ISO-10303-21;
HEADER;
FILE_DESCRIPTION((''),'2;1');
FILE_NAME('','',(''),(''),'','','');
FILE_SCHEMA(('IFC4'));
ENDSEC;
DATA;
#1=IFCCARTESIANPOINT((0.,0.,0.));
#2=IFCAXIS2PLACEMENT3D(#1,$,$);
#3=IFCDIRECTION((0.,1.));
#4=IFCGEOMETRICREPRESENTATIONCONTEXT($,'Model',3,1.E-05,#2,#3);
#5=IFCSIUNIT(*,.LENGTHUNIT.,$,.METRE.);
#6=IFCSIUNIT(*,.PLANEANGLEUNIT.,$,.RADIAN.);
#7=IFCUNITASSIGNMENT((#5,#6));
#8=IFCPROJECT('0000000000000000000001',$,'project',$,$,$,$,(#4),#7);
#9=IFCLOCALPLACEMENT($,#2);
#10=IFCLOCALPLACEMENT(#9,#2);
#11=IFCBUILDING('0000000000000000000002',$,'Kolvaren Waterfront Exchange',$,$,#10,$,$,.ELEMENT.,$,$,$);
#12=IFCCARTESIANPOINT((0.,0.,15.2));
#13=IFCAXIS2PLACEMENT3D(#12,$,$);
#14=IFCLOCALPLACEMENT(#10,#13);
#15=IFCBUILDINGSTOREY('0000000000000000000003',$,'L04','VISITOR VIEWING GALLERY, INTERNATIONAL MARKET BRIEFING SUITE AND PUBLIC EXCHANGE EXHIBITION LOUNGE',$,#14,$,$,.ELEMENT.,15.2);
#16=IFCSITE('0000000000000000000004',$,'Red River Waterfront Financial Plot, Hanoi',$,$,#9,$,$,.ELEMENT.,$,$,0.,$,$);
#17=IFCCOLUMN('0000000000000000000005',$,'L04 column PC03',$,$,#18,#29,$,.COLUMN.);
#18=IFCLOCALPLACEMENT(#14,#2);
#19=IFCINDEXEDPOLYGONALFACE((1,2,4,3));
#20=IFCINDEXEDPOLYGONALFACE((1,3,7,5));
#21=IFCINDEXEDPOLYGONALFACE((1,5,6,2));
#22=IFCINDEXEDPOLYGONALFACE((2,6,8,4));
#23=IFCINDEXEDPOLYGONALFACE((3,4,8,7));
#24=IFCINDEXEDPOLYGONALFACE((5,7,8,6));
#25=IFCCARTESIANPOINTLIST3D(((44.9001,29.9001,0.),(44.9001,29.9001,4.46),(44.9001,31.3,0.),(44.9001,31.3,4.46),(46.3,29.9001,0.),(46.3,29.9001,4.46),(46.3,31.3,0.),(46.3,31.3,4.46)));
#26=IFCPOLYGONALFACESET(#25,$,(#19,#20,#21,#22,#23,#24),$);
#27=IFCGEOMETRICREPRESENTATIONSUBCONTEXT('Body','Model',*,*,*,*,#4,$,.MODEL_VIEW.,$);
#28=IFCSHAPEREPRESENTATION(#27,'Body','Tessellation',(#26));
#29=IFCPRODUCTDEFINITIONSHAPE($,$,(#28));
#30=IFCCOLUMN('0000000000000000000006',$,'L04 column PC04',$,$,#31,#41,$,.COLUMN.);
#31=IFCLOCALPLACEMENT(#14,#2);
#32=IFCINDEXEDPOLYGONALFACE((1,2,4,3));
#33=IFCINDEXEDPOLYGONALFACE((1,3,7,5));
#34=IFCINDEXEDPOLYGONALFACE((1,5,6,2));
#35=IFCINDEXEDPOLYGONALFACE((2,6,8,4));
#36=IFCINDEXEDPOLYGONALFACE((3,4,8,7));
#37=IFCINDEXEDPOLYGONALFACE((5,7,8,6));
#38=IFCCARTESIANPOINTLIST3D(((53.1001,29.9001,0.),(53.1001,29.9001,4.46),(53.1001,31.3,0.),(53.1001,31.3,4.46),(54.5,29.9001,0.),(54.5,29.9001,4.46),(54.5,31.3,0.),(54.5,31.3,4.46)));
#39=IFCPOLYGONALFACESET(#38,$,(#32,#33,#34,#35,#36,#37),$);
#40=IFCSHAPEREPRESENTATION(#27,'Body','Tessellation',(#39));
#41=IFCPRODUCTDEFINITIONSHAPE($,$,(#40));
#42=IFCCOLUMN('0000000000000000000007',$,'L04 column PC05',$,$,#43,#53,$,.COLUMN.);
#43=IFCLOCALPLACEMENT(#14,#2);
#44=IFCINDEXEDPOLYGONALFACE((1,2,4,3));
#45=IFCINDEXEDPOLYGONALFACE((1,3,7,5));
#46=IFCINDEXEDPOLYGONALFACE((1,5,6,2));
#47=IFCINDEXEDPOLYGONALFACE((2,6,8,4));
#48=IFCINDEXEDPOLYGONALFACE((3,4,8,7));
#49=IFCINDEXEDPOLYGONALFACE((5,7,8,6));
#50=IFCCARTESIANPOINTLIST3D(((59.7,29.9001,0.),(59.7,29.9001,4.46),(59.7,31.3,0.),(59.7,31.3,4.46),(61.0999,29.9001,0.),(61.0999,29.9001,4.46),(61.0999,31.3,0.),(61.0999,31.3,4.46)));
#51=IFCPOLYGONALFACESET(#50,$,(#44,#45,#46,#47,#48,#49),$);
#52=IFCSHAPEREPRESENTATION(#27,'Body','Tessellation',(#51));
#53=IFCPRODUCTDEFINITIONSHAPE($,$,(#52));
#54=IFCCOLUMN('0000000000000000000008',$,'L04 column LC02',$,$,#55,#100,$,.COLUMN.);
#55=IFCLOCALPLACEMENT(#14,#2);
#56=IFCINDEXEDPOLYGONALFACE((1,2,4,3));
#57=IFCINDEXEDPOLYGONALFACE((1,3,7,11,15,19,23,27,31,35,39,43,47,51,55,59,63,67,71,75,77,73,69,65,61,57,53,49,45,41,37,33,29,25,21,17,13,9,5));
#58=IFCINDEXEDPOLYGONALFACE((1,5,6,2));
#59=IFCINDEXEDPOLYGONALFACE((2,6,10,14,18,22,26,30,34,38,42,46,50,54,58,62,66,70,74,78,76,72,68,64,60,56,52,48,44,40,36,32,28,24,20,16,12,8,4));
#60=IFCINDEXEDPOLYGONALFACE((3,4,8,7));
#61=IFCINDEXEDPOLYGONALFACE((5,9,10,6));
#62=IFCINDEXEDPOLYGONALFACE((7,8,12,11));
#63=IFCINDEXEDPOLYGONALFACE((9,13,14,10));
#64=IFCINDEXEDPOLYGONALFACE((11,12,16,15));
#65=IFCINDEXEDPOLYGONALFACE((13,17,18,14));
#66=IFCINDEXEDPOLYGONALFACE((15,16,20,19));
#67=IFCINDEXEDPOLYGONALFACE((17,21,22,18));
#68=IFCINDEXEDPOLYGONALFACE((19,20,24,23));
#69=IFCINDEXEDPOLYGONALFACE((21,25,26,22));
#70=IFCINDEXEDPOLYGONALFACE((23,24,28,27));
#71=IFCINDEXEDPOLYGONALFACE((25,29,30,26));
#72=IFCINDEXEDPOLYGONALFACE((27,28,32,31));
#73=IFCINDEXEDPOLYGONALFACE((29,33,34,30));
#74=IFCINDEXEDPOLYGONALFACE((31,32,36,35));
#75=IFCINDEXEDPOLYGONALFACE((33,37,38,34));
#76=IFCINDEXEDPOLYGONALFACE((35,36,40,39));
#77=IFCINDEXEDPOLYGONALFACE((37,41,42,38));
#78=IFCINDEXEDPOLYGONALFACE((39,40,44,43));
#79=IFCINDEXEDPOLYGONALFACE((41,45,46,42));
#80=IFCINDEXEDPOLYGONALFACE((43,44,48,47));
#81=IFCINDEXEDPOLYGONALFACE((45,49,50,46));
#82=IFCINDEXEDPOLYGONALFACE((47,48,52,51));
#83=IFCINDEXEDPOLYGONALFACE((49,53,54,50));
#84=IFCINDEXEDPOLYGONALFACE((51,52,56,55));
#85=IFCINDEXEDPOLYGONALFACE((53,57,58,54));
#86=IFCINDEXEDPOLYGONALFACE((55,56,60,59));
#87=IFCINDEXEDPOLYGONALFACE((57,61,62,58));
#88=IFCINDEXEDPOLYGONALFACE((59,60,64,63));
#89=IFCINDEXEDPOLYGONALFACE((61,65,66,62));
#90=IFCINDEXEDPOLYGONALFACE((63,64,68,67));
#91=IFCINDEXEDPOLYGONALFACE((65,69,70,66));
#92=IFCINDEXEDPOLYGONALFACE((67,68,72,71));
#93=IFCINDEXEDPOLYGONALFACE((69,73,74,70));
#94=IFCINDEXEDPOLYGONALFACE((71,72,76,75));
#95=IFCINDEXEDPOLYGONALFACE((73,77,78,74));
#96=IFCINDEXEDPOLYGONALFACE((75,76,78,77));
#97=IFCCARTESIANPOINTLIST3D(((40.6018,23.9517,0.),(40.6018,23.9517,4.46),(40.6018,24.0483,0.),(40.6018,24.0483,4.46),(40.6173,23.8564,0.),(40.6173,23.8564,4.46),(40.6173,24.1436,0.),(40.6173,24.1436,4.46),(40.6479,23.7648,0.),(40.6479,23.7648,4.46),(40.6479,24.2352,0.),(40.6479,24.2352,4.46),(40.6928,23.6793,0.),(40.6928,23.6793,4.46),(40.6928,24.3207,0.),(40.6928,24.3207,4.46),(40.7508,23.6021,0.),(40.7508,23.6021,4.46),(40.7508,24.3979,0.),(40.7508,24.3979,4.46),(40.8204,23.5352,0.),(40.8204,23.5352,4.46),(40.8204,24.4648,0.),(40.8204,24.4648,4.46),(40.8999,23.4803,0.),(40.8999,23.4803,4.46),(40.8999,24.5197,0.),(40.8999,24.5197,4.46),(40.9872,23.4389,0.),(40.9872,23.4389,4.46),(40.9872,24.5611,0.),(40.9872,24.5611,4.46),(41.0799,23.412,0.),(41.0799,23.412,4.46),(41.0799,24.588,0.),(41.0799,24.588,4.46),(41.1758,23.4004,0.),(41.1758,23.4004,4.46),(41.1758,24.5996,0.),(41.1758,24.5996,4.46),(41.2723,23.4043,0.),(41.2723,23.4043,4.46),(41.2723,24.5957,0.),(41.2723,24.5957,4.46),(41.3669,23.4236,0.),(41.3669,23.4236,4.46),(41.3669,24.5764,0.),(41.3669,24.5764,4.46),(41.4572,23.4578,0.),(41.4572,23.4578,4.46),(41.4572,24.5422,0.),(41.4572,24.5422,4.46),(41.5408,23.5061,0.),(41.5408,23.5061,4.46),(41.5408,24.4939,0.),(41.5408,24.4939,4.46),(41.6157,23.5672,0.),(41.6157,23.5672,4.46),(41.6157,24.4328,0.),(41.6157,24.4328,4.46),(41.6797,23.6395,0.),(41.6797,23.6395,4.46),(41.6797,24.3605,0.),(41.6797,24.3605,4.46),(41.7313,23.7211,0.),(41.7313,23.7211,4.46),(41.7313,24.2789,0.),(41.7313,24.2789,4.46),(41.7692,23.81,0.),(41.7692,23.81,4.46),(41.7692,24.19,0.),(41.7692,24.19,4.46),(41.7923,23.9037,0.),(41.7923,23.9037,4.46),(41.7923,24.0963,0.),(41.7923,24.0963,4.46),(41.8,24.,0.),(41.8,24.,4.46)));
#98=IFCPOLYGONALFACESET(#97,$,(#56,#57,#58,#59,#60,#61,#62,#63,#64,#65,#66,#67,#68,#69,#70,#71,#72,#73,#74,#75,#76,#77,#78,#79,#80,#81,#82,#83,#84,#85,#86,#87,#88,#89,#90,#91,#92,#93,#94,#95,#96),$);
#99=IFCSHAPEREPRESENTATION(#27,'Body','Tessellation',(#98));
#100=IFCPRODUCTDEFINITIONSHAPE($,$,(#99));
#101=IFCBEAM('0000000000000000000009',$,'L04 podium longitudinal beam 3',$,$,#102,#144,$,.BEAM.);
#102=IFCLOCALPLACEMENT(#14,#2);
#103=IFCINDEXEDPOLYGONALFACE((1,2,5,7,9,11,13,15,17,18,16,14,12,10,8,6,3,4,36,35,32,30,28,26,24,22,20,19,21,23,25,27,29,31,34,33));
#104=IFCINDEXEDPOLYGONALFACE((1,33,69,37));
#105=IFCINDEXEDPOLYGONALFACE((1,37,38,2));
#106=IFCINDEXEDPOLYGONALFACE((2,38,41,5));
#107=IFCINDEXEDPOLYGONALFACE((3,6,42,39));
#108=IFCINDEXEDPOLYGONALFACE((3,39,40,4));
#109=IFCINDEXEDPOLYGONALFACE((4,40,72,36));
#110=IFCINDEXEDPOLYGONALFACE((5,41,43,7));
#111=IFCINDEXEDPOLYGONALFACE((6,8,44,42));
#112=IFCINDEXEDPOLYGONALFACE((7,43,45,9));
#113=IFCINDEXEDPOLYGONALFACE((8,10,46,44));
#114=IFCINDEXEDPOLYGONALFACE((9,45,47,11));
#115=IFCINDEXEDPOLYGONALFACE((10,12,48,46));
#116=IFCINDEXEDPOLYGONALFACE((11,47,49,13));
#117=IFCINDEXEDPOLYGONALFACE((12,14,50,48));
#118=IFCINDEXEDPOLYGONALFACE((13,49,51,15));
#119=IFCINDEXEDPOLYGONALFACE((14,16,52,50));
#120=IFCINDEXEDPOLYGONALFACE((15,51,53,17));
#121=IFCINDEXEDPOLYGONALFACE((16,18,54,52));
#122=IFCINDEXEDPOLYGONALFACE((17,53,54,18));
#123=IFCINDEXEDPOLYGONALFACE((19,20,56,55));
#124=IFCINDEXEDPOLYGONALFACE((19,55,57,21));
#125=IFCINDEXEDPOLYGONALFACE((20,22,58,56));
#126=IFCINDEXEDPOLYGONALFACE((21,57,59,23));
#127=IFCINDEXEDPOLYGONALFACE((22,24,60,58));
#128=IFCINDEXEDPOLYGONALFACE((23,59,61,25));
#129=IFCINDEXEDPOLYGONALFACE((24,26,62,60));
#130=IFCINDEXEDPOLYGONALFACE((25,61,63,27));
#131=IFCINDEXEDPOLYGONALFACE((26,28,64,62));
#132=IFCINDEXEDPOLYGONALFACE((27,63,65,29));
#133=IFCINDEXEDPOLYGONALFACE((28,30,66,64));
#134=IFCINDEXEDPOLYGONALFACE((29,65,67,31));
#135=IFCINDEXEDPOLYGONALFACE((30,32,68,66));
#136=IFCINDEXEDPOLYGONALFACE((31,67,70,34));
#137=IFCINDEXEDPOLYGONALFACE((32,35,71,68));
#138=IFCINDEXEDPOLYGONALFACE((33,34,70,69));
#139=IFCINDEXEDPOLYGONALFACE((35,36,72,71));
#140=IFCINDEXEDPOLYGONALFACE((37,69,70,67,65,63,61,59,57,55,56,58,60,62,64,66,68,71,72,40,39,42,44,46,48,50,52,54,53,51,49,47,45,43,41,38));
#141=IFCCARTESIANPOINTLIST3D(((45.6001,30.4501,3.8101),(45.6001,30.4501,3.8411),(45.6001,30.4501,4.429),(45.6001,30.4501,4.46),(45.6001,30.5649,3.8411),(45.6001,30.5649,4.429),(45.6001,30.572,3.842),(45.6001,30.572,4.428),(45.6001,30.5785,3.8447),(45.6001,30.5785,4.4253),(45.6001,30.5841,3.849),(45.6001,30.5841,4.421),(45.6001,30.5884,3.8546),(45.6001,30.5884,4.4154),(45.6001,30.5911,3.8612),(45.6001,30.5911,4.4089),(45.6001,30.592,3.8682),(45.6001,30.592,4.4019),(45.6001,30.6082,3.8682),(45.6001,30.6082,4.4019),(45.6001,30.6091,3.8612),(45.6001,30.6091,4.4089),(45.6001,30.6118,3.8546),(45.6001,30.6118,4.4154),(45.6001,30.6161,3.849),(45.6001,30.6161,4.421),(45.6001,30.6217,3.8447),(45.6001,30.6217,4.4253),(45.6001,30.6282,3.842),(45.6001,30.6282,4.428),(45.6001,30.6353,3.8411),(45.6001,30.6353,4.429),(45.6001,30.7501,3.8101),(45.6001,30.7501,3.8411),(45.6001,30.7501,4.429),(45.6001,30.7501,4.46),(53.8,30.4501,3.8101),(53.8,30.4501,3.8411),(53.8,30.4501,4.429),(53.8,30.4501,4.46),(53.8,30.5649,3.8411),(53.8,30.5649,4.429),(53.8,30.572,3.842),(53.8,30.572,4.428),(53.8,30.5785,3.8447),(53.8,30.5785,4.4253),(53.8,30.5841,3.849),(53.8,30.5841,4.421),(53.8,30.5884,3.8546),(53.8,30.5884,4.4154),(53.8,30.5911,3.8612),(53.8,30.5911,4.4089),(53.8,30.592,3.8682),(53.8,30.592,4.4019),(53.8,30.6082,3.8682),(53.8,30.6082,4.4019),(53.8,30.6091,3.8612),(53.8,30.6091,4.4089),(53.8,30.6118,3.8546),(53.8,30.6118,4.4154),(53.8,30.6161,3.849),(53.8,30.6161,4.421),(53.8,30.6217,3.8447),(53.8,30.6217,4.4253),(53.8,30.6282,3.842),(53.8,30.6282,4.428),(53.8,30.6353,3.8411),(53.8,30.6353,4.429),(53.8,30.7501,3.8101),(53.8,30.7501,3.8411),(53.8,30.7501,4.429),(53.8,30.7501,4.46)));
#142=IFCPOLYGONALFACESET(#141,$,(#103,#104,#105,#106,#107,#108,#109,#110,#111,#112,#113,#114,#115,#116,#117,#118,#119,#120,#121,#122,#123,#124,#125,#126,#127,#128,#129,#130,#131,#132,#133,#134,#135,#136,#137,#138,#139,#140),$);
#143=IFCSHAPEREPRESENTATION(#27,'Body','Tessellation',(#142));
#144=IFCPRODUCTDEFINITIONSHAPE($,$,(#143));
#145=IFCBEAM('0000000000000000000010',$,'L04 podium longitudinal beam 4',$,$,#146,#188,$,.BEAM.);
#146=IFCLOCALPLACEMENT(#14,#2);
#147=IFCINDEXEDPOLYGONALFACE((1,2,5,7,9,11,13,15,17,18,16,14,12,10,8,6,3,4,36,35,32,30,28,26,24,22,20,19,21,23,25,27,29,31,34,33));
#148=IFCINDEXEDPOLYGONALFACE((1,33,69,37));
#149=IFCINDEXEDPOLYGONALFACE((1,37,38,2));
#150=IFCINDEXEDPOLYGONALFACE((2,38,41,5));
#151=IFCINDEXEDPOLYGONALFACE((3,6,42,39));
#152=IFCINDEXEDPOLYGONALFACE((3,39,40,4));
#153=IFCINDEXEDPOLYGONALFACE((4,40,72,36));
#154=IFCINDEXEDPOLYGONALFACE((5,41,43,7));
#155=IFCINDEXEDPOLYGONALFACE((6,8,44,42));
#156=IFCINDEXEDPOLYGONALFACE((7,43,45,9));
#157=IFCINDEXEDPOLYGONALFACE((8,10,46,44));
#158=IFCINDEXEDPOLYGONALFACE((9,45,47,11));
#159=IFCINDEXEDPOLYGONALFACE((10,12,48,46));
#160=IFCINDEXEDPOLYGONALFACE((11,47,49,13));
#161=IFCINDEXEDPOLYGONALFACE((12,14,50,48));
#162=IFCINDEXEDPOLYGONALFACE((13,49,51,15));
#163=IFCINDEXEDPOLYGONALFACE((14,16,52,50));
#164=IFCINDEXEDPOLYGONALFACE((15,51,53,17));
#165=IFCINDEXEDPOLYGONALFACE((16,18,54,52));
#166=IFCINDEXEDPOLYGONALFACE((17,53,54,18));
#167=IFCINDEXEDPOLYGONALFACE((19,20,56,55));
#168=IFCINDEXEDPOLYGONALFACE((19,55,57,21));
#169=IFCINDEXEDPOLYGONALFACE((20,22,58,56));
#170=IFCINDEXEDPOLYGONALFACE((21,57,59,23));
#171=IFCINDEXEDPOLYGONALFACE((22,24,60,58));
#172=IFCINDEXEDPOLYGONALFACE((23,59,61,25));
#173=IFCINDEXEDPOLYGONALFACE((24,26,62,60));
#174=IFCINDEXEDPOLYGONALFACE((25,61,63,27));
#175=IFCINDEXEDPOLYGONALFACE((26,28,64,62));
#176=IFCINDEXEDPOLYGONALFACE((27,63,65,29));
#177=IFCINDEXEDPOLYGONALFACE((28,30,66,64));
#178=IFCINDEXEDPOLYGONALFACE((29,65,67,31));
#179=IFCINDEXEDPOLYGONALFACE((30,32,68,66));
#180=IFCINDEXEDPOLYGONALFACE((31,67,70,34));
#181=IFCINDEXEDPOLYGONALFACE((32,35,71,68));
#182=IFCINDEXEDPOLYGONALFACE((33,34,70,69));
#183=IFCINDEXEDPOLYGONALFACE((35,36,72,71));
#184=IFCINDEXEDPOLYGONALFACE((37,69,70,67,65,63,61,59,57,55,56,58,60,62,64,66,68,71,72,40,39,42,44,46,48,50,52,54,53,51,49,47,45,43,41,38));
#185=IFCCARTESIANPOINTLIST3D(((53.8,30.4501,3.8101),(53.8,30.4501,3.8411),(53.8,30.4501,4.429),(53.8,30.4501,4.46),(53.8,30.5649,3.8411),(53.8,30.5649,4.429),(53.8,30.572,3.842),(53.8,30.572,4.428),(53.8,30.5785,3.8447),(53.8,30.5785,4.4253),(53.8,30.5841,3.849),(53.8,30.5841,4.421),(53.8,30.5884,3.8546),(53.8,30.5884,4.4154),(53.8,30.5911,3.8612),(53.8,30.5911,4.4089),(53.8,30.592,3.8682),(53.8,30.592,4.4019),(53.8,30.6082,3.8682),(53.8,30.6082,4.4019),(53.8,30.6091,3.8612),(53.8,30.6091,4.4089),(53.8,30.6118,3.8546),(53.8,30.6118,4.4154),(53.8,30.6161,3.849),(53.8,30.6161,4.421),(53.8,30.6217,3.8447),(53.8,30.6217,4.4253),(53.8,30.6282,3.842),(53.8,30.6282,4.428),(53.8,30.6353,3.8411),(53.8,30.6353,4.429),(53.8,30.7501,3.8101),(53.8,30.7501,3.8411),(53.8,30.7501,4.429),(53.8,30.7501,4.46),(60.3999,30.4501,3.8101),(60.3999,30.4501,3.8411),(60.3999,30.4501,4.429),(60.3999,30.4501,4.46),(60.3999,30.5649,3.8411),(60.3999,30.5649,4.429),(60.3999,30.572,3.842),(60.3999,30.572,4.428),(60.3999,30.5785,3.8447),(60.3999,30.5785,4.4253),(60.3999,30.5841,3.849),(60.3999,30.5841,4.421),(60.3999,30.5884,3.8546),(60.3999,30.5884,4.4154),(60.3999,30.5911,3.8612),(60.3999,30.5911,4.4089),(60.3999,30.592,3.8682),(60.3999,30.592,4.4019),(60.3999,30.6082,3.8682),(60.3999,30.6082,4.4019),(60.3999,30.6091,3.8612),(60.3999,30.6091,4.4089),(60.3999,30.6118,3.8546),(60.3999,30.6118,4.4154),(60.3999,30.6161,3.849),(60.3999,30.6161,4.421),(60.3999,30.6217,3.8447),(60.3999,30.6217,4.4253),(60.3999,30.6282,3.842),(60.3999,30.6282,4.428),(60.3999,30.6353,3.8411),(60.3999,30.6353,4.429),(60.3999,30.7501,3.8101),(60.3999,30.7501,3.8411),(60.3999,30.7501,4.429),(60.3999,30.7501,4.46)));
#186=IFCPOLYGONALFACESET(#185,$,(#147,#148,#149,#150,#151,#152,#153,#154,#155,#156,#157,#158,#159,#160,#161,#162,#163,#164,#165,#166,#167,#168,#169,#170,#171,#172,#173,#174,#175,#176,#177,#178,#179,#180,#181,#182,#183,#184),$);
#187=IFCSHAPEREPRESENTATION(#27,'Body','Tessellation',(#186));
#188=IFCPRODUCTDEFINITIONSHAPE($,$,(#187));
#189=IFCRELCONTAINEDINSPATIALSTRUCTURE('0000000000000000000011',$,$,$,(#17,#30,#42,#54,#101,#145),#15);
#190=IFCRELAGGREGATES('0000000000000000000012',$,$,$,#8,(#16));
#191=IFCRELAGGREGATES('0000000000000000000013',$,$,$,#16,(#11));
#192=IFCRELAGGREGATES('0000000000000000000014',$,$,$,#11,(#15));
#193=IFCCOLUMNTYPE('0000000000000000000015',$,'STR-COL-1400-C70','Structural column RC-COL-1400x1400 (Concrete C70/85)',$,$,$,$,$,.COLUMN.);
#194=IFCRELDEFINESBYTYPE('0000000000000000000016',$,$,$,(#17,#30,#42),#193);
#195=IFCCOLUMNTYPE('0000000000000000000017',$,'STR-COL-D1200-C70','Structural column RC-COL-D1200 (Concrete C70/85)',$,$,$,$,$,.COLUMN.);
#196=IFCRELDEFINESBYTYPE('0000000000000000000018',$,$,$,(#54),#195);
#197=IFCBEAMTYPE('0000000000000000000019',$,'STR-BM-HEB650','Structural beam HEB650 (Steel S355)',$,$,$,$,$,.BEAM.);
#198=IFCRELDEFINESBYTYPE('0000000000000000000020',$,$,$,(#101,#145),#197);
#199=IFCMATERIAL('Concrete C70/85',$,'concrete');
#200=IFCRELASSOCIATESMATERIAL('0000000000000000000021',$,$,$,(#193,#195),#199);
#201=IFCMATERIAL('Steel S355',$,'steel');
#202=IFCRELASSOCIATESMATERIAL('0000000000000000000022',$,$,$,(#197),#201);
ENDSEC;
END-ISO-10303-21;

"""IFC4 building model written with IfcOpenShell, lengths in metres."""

from ifc_helpers import new_model, si_unit, direction, frame, origin, origin_2d, place, context, subcontext, project, spatial, rectangle, circle, i_section, extrude, material, material_profile, profile_set, type_object, element, save


model = new_model("IFC4")

# Units and contexts
model_context = context("Model", 3, precision=1e-05, world=origin(), true_north=direction((0.0, 1.0)))
body_context = subcontext(model_context, "Body", "Model", "MODEL_VIEW")
ifc_project = project(units=[si_unit("LENGTHUNIT", "METRE"), si_unit("PLANEANGLEUNIT", "RADIAN")], contexts=[model_context])

# Site, building, storey
site_placement = place(None, origin())
site = spatial("IfcSite", under=ifc_project, at=site_placement, Name="Red River Waterfront Financial Plot, Hanoi", CompositionType="ELEMENT", RefElevation=0.0)
building_placement = place(site_placement, origin())
building = spatial("IfcBuilding", under=site, at=building_placement, Name="Kolvaren Waterfront Exchange", CompositionType="ELEMENT")
storey_placement = place(building_placement, frame((0.0, 0.0, 15.2)))
storey = spatial("IfcBuildingStorey", under=building, at=storey_placement, Name="L04", Description="VISITOR VIEWING GALLERY, INTERNATIONAL MARKET BRIEFING SUITE AND PUBLIC EXCHANGE EXHIBITION LOUNGE", CompositionType="ELEMENT", Elevation=15.2)

# Columns
ifc_material_1 = material(Name="Concrete C70/85", Category="concrete")
ifc_material_profile_1 = material_profile(ifc_material_1, rectangle(XDim=1.3999, YDim=1.3999, at=origin_2d()), Name="RC-COL-1400x1400")
ifc_profile_set_1 = profile_set([ifc_material_profile_1], Name="Concrete C70/85")
column_type_1 = type_object("IfcColumnType", Name="STR-COL-1400-C70", Description="Structural column RC-COL-1400x1400 (Concrete C70/85)", PredefinedType="COLUMN", material=ifc_profile_set_1)
for number, where, z_axis, x_axis, name in (
    (1, (45.6001, 30.6001, 0.0), (0.0, 0.0, 1.0), (1.0, 0.0, 0.0), "L04 column PC03"),
    (2, (53.8, 30.6001, 0.0), (0.0, 0.0, 1.0), (1.0, 0.0, 0.0), "L04 column PC04"),
    (3, (60.3999, 30.6001, 0.0), (0.0, 0.0, 1.0), (1.0, 0.0, 0.0), "L04 column PC05"),
):
    element("IfcColumn", number, at=place(storey_placement, frame(where, z_axis=z_axis, x_axis=x_axis)), inside=storey, type_object=column_type_1, Name=name, PredefinedType="COLUMN", context=body_context, shape_type="SweptSolid", body=[
        extrude(rectangle(XDim=1.3999, YDim=1.3999, at=origin_2d()), origin(), (0.0, 0.0, 1.0), 4.46),
    ])
ifc_material_profile_2 = material_profile(ifc_material_1, circle(Radius=0.6001, at=origin_2d()), Name="RC-COL-D1200")
ifc_profile_set_2 = profile_set([ifc_material_profile_2], Name="Concrete C70/85")
column_type_2 = type_object("IfcColumnType", Name="STR-COL-D1200-C70", Description="Structural column RC-COL-D1200 (Concrete C70/85)", PredefinedType="COLUMN", material=ifc_profile_set_2)
column_placement = place(storey_placement, frame((41.2, 24.0, 0.0), z_axis=(0.0, 0.0, 1.0), x_axis=(1.0, 0.0, 0.0)))
element("IfcColumn", 4, at=column_placement, inside=storey, type_object=column_type_2, Name="L04 column LC02", PredefinedType="COLUMN", context=body_context, shape_type="SweptSolid", body=[
    extrude(circle(Radius=0.6001, at=origin_2d()), origin(), (0.0, 0.0, 1.0), 4.46),
])

# Beams
ifc_material_2 = material(Name="Steel S355", Category="steel")
ifc_material_profile_3 = material_profile(ifc_material_2, i_section(OverallWidth=0.3, OverallDepth=0.6499, WebThickness=0.0161, FlangeThickness=0.031, FilletRadius=0.0271, at=origin_2d()), Name="HEB650")
ifc_profile_set_3 = profile_set([ifc_material_profile_3], Name="Steel S355")
beam_type_1 = type_object("IfcBeamType", Name="STR-BM-HEB650", Description="Structural beam HEB650 (Steel S355)", PredefinedType="BEAM", material=ifc_profile_set_3)
beam_1_placement = place(storey_placement, frame((45.6001, 30.6001, 4.135), z_axis=(1.0, 0.0, 0.0), x_axis=(0.0, 1.0, 0.0)))
element("IfcBeam", 5, at=beam_1_placement, inside=storey, type_object=beam_type_1, Name="L04 podium longitudinal beam 3", PredefinedType="BEAM", context=body_context, shape_type="SweptSolid", body=[
    extrude(i_section(OverallWidth=0.3, OverallDepth=0.6499, WebThickness=0.0161, FlangeThickness=0.031, FilletRadius=0.0271, at=origin_2d()), origin(), (0.0, 0.0, 1.0), 8.2),
])
beam_2_placement = place(storey_placement, frame((53.8, 30.6001, 4.135), z_axis=(1.0, 0.0, 0.0), x_axis=(0.0, 1.0, 0.0)))
element("IfcBeam", 6, at=beam_2_placement, inside=storey, type_object=beam_type_1, Name="L04 podium longitudinal beam 4", PredefinedType="BEAM", context=body_context, shape_type="SweptSolid", body=[
    extrude(i_section(OverallWidth=0.3, OverallDepth=0.6499, WebThickness=0.0161, FlangeThickness=0.031, FilletRadius=0.0271, at=origin_2d()), origin(), (0.0, 0.0, 1.0), 6.5999),
])

save(model, "model.ifc")
